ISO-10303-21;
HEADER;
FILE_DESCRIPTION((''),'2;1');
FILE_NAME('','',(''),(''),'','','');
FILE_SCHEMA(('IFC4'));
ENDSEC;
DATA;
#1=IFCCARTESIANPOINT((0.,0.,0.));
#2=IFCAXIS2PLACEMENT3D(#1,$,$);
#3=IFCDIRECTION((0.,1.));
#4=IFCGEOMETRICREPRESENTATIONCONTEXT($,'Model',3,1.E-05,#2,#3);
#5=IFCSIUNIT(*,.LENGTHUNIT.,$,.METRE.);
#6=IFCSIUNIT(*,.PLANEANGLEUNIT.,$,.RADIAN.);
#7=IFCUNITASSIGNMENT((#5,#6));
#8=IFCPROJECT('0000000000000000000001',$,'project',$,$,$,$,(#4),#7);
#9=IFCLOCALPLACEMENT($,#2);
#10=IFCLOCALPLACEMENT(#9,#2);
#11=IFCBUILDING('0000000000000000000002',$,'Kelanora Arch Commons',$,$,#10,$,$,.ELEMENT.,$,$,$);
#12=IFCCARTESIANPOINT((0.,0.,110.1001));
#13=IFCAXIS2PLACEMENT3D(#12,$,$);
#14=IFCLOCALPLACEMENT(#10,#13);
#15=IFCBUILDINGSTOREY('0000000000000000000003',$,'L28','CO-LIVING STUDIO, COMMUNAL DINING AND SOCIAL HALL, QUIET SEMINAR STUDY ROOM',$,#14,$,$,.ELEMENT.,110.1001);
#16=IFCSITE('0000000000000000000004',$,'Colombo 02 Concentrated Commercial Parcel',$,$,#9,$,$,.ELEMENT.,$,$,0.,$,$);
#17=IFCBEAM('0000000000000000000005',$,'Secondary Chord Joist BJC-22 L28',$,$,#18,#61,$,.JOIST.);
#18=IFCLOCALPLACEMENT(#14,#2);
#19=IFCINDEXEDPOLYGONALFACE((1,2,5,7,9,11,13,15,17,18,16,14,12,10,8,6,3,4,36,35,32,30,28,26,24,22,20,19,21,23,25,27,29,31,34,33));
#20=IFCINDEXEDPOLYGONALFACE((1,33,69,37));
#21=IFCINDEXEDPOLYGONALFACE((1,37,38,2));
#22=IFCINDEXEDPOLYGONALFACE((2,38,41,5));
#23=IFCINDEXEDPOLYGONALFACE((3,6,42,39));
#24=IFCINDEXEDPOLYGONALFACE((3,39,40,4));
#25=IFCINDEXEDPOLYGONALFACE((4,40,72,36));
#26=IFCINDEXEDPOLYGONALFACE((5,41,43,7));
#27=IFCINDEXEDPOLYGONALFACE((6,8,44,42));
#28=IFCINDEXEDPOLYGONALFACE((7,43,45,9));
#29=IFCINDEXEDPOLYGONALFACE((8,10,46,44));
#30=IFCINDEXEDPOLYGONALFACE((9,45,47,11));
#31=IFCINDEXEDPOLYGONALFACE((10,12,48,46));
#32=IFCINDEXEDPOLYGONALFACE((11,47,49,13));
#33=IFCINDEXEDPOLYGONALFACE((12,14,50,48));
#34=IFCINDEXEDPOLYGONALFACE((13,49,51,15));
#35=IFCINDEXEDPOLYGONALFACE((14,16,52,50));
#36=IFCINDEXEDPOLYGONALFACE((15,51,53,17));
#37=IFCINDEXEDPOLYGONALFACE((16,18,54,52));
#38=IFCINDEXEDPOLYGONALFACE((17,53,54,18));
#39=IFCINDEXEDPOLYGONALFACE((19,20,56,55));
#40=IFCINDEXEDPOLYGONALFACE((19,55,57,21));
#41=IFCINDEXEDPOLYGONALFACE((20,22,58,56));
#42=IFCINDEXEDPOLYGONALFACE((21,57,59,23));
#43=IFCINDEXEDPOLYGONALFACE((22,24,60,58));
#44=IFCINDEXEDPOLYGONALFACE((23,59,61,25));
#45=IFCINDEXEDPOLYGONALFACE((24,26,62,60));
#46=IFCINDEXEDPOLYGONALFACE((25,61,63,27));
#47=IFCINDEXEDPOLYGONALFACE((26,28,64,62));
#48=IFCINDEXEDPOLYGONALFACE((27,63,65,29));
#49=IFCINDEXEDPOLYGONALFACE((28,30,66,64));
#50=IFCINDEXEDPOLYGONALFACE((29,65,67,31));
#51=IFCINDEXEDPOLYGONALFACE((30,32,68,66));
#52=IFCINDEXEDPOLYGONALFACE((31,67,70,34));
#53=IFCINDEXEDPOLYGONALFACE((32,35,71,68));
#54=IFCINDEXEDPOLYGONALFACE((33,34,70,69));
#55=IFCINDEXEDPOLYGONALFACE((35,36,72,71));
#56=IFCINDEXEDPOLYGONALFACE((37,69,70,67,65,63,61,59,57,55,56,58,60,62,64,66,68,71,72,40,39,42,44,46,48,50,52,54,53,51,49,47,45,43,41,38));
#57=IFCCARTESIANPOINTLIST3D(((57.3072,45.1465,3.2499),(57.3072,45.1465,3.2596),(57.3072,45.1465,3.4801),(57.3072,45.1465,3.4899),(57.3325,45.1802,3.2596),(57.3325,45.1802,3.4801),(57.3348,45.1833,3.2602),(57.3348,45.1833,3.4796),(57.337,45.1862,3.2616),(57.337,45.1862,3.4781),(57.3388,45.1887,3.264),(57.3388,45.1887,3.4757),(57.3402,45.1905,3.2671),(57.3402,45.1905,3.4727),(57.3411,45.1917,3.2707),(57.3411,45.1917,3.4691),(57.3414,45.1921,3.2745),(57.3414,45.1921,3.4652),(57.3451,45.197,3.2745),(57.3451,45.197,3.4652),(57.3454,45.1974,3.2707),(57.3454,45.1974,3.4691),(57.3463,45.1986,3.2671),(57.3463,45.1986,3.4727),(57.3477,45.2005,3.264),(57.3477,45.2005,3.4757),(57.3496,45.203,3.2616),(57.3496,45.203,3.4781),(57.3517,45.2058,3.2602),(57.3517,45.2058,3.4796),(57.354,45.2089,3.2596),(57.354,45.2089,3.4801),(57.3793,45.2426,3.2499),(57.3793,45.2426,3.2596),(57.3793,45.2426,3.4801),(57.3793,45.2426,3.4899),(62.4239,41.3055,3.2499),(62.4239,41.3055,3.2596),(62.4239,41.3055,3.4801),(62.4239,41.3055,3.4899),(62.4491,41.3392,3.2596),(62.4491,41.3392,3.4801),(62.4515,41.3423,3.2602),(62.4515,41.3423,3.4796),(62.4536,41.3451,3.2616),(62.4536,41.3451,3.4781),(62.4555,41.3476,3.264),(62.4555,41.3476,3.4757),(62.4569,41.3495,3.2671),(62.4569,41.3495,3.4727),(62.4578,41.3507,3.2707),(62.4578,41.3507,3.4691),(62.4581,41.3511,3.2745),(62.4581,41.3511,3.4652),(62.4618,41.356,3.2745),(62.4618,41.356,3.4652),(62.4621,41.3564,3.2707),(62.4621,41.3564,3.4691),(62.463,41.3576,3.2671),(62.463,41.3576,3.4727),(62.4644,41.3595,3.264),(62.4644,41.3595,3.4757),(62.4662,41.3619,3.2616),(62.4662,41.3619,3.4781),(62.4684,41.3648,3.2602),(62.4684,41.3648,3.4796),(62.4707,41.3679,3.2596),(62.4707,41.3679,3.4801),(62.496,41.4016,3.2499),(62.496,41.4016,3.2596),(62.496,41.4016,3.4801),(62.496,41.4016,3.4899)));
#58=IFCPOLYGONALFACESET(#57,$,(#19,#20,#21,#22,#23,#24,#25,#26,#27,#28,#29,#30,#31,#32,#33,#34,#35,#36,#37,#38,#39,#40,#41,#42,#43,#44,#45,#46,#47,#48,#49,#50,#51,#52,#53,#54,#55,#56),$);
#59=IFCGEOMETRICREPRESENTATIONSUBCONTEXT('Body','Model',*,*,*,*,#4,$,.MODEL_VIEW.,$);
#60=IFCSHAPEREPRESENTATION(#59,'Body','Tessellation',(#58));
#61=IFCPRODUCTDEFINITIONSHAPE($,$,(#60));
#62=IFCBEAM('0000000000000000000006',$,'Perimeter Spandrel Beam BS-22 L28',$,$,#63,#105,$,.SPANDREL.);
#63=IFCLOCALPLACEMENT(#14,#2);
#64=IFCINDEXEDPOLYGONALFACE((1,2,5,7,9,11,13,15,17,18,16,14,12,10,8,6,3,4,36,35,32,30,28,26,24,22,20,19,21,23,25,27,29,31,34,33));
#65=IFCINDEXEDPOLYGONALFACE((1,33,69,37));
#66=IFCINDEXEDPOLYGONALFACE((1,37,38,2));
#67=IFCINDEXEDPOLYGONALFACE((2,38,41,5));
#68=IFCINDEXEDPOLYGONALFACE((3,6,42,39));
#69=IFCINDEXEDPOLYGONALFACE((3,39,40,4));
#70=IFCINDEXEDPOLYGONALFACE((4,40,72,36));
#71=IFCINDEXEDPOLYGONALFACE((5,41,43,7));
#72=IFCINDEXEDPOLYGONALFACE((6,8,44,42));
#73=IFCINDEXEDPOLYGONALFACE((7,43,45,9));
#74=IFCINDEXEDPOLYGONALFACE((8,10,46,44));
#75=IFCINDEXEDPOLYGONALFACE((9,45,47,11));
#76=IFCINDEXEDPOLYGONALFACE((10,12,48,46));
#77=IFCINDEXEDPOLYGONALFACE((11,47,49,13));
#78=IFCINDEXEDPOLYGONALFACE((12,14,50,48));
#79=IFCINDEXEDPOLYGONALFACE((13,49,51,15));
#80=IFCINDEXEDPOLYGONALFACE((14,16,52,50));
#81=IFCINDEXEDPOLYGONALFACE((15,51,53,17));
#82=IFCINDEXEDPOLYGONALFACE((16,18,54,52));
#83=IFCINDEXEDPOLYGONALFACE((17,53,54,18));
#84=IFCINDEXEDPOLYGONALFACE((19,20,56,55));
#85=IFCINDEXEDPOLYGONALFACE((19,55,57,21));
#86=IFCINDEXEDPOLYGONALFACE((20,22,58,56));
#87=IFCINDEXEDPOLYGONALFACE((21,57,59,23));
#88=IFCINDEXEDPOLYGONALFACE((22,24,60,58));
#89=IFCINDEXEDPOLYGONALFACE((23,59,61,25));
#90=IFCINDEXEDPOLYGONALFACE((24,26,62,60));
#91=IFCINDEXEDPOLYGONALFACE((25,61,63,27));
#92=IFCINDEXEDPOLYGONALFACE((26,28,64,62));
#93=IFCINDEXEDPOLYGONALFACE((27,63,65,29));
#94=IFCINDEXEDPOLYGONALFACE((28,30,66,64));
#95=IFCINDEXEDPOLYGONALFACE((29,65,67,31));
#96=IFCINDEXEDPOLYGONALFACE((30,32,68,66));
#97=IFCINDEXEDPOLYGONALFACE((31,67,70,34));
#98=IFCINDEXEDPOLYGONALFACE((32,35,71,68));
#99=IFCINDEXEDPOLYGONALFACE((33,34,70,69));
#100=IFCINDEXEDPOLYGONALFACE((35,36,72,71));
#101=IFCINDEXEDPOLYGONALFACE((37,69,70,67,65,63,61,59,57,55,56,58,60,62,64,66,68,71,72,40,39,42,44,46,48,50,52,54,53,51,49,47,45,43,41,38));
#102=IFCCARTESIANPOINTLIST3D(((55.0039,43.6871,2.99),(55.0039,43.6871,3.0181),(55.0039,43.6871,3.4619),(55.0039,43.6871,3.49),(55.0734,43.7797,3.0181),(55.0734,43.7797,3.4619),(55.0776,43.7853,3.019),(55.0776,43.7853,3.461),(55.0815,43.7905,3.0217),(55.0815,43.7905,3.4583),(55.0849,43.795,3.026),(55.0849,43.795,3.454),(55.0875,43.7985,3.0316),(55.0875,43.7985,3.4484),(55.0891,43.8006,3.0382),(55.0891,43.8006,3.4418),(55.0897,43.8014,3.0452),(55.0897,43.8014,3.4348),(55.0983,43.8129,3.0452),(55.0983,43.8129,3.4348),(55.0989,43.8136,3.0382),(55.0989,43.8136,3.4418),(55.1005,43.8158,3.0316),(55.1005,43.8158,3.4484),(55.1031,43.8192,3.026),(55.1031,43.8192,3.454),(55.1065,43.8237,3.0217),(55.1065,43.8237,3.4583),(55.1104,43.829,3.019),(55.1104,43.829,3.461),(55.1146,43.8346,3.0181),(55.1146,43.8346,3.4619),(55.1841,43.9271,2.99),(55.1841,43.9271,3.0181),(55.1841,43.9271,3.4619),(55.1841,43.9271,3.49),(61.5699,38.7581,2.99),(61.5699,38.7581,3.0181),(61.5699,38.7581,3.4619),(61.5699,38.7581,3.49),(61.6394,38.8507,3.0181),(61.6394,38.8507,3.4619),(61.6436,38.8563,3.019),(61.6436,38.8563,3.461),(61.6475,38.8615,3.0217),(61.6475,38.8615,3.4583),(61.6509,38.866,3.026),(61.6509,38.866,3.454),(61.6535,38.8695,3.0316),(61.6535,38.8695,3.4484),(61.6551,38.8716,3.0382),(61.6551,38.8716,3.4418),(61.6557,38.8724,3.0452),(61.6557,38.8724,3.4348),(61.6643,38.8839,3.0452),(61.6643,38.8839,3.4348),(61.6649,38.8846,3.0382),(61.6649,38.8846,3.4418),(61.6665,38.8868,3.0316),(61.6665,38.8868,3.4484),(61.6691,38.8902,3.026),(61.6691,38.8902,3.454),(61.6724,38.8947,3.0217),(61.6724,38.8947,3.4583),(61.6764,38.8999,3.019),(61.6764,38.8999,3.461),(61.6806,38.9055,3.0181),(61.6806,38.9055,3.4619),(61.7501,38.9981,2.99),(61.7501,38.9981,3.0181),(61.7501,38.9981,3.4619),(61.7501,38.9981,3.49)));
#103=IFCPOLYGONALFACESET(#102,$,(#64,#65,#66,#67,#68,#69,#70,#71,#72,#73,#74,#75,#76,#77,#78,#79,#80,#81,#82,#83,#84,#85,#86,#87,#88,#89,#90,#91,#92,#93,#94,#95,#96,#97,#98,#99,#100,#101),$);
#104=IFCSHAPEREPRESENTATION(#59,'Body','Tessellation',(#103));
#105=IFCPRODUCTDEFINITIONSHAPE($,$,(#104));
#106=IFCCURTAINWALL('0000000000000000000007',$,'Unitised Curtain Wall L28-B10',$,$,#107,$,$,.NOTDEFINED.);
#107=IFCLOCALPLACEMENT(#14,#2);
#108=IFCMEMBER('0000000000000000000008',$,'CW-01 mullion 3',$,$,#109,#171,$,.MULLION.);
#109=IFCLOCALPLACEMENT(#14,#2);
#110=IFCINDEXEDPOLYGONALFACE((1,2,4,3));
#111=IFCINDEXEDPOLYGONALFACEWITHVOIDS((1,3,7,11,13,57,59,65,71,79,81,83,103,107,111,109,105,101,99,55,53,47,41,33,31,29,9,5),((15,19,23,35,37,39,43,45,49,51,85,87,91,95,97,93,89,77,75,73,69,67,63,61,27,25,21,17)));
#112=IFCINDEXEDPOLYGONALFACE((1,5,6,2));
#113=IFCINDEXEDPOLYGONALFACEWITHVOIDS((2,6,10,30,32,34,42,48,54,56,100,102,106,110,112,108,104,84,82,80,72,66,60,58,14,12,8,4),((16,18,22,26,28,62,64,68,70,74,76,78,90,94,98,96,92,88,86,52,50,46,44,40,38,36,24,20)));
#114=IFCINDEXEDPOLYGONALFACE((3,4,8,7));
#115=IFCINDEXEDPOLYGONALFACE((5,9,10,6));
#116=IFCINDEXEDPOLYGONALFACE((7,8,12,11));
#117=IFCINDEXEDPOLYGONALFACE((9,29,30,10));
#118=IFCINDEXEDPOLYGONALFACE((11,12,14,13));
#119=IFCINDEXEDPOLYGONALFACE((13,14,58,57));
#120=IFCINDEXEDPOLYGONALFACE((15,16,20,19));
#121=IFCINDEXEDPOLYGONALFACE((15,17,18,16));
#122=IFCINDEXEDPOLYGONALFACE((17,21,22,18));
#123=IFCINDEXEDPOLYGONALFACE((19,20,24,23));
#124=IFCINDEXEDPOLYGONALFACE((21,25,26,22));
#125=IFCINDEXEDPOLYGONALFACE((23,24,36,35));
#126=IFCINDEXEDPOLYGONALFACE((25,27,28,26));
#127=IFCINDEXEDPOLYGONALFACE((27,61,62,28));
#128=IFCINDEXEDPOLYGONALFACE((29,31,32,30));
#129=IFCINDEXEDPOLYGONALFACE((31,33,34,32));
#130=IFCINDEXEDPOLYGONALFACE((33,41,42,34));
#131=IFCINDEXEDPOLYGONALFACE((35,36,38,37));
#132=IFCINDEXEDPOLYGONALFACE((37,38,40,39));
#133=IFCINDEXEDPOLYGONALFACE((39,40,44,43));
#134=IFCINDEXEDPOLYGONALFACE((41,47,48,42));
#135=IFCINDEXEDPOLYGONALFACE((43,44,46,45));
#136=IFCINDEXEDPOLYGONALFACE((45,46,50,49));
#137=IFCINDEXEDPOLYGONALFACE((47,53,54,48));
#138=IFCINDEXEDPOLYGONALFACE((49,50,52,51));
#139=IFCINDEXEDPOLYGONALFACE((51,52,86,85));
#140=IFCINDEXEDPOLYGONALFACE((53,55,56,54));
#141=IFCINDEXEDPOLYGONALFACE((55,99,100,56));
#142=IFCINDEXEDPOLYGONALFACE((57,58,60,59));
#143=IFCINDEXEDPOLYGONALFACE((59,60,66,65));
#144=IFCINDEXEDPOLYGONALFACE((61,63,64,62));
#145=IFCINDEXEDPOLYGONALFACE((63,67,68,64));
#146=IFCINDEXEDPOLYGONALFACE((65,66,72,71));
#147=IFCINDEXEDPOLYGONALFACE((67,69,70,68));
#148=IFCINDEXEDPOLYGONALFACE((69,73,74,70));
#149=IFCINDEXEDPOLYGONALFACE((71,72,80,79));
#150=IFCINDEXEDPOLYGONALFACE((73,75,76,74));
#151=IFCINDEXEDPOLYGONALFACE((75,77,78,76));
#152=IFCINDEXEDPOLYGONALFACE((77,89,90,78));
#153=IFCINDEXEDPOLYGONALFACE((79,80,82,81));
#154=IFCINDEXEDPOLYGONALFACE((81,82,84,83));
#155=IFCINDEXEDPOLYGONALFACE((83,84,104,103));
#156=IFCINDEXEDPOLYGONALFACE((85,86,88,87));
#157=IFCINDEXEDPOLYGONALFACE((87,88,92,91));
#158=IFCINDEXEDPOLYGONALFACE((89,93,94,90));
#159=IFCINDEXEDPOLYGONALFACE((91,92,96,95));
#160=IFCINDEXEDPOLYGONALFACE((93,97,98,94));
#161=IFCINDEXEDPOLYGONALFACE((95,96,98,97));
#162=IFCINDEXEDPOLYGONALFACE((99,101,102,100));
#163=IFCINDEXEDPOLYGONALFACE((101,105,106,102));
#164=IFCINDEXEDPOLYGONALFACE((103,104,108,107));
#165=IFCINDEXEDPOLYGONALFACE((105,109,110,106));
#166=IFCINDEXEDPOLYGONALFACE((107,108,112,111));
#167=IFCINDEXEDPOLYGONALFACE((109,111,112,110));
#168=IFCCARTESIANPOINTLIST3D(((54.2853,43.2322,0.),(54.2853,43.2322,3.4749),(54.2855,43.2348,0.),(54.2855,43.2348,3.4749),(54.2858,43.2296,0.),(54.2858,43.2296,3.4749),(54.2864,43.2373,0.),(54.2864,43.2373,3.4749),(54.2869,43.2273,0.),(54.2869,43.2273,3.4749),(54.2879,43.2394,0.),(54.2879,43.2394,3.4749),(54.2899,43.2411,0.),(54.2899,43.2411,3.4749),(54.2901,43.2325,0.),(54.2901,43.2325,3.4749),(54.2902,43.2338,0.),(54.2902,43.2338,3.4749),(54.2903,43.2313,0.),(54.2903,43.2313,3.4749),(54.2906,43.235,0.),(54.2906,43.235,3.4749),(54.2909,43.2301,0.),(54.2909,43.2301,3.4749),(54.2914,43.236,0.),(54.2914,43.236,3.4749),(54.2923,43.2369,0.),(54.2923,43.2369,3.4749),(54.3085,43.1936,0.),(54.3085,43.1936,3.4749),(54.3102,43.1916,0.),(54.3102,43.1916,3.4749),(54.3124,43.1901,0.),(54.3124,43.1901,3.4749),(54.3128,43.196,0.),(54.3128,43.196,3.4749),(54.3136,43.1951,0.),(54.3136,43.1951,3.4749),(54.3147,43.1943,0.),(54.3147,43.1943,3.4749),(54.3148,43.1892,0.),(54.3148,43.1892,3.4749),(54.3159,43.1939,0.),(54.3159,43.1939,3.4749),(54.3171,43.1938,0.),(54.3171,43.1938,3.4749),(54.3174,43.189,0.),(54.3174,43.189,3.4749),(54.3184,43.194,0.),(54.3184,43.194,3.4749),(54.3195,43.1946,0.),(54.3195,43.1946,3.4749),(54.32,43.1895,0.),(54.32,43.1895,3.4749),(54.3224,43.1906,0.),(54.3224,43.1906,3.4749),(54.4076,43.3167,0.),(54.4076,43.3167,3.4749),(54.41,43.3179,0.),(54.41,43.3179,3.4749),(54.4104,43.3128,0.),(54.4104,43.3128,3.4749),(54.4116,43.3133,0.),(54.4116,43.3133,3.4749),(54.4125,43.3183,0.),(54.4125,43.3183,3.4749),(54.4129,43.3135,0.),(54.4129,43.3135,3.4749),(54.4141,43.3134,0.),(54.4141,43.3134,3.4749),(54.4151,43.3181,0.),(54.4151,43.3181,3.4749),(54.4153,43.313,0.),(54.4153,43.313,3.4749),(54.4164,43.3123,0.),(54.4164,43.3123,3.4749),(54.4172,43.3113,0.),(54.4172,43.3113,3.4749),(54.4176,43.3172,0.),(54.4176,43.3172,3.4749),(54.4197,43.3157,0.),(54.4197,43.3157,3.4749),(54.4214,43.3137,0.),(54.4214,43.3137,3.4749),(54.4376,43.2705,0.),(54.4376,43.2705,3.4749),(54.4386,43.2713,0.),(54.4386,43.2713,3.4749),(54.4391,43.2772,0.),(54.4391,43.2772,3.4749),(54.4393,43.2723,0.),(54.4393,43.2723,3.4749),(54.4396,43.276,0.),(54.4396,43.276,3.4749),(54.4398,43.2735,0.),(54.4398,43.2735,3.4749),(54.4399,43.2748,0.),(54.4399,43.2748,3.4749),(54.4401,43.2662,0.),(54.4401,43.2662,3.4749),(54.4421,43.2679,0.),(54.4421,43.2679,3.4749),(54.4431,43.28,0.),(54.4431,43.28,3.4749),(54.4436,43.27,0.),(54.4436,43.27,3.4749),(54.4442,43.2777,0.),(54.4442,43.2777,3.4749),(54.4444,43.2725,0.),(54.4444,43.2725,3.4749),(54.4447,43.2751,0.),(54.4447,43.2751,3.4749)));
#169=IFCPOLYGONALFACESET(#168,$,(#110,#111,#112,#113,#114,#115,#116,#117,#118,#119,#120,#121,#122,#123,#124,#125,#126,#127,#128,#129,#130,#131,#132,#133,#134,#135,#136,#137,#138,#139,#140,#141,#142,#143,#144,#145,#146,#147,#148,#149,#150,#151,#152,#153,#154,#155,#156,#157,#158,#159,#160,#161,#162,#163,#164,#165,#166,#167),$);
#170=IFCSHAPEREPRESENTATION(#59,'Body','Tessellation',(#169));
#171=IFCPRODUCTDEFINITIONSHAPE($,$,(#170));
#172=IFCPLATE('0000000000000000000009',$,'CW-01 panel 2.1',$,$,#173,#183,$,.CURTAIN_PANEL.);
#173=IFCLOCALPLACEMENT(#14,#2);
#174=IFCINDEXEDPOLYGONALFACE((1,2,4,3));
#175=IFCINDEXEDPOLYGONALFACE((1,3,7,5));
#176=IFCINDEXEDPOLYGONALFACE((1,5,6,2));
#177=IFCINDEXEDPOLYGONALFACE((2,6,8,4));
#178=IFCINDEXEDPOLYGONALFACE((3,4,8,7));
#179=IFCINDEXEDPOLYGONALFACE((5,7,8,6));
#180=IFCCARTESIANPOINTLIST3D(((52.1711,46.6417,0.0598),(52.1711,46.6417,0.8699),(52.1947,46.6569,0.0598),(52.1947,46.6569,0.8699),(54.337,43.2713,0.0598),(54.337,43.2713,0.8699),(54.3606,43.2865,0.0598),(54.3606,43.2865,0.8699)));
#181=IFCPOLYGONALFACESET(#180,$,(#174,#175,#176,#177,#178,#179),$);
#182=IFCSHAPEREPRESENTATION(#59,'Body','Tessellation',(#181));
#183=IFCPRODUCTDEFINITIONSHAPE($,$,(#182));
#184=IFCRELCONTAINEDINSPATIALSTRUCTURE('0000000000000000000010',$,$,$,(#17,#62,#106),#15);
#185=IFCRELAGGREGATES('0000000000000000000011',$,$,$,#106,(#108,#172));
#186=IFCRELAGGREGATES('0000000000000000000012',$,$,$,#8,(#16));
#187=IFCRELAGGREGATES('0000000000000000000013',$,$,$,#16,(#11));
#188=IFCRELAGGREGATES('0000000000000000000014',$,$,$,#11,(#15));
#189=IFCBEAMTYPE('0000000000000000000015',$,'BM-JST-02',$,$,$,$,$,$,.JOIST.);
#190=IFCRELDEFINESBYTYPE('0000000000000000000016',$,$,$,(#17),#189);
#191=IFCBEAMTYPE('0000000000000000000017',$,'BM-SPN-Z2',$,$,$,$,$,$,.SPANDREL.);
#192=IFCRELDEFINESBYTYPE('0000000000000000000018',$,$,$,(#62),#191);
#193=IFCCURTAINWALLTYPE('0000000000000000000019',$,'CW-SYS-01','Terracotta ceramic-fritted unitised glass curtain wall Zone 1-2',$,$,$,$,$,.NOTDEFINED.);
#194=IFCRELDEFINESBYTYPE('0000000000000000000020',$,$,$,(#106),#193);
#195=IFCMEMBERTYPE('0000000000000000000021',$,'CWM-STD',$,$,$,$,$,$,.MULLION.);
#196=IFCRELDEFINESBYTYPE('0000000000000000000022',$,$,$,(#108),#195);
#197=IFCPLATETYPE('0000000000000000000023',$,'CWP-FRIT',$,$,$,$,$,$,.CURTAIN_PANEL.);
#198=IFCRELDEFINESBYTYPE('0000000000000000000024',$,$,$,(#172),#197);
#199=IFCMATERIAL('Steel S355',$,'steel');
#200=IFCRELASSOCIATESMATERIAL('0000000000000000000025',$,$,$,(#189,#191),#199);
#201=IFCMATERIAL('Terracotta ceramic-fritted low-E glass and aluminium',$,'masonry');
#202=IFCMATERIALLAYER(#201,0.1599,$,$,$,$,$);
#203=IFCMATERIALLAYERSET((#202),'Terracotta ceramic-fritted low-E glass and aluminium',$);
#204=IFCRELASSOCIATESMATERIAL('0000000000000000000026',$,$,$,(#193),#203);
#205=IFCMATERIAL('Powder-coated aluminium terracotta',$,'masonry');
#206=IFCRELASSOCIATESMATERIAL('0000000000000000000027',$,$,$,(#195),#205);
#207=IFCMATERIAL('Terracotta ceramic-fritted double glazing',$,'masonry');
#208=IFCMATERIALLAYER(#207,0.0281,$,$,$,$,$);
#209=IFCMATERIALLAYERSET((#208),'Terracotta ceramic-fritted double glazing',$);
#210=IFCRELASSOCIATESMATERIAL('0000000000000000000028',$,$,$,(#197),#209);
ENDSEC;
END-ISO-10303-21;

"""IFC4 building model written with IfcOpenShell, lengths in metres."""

from ifc_helpers import new_model, si_unit, direction, frame, origin, origin_2d, place, context, subcontext, project, spatial, rectangle, hollow_rectangle, i_section, extrude, source, transform, mapped, material, layer, layer_set, material_profile, profile_set, type_object, element, aggregate, save


model = new_model("IFC4")

# Units and contexts
model_context = context("Model", 3, precision=1e-05, world=origin(), true_north=direction((0.0, 1.0)))
body_context = subcontext(model_context, "Body", "Model", "MODEL_VIEW")
ifc_project = project(units=[si_unit("LENGTHUNIT", "METRE"), si_unit("PLANEANGLEUNIT", "RADIAN")], contexts=[model_context])

# Site, building, storey
site_placement = place(None, origin())
site = spatial("IfcSite", under=ifc_project, at=site_placement, Name="Colombo 02 Concentrated Commercial Parcel", CompositionType="ELEMENT", RefElevation=0.0)
building_placement = place(site_placement, origin())
building = spatial("IfcBuilding", under=site, at=building_placement, Name="Kelanora Arch Commons", CompositionType="ELEMENT")
storey_placement = place(building_placement, frame((0.0, 0.0, 110.1001)))
storey = spatial("IfcBuildingStorey", under=building, at=storey_placement, Name="L28", Description="CO-LIVING STUDIO, COMMUNAL DINING AND SOCIAL HALL, QUIET SEMINAR STUDY ROOM", CompositionType="ELEMENT", Elevation=110.1001)

# Beams
ifc_material_1 = material(Name="Steel S355", Category="steel")
ifc_material_profile_1 = material_profile(ifc_material_1, i_section(OverallWidth=0.1201, OverallDepth=0.24, WebThickness=0.0061, FlangeThickness=0.0098, FilletRadius=0.0149, at=origin_2d()), Name="IPE240")
ifc_profile_set_1 = profile_set([ifc_material_profile_1], Name="Steel S355")
beam_type_1 = type_object("IfcBeamType", Name="BM-JST-02", PredefinedType="JOIST", material=ifc_profile_set_1)
beam_1_placement = place(storey_placement, frame((57.3433, 45.1946, 3.3699), z_axis=(0.799734, -0.600354, 0.0), x_axis=(0.600354, 0.799734, 0.0)))
element("IfcBeam", 1, at=beam_1_placement, inside=storey, type_object=beam_type_1, Name="Secondary Chord Joist BJC-22 L28", PredefinedType="JOIST", context=body_context, shape_type="SweptSolid", body=[
    extrude(i_section(OverallWidth=0.1201, OverallDepth=0.24, WebThickness=0.0061, FlangeThickness=0.0098, FilletRadius=0.0149, at=origin_2d()), origin(), (0.0, 0.0, 1.0), 6.3979),
])
ifc_material_profile_2 = material_profile(ifc_material_1, i_section(OverallWidth=0.3, OverallDepth=0.5, WebThickness=0.0144, FlangeThickness=0.0281, FilletRadius=0.0271, at=origin_2d()), Name="HEB500")
ifc_profile_set_2 = profile_set([ifc_material_profile_2], Name="Steel S355")
beam_type_2 = type_object("IfcBeamType", Name="BM-SPN-Z2", PredefinedType="SPANDREL", material=ifc_profile_set_2)
beam_2_placement = place(storey_placement, frame((55.094, 43.8071, 3.24), z_axis=(0.799736, -0.600352, 0.0), x_axis=(0.600352, 0.799736, 0.0)))
element("IfcBeam", 2, at=beam_2_placement, inside=storey, type_object=beam_type_2, Name="Perimeter Spandrel Beam BS-22 L28", PredefinedType="SPANDREL", context=body_context, shape_type="SweptSolid", body=[
    extrude(i_section(OverallWidth=0.3, OverallDepth=0.5, WebThickness=0.0144, FlangeThickness=0.0281, FilletRadius=0.0271, at=origin_2d()), origin(), (0.0, 0.0, 1.0), 8.2102),
])

# Curtain wall, member, plate
ifc_material_2 = material(Name="Terracotta ceramic-fritted low-E glass and aluminium", Category="masonry")
ifc_layer_1 = layer(ifc_material_2, 0.1599)
ifc_layer_set_1 = layer_set([ifc_layer_1], Name="Terracotta ceramic-fritted low-E glass and aluminium")
curtain_wall_type = type_object("IfcCurtainWallType", Name="CW-SYS-01", Description="Terracotta ceramic-fritted unitised glass curtain wall Zone 1-2", PredefinedType="NOTDEFINED", material=ifc_layer_set_1)
curtain_wall_placement = place(storey_placement, origin())
curtain_wall = element("IfcCurtainWall", 3, at=curtain_wall_placement, inside=storey, type_object=curtain_wall_type, Name="Unitised Curtain Wall L28-B10", PredefinedType="NOTDEFINED")
ifc_material_3 = material(Name="Powder-coated aluminium terracotta", Category="masonry")
ifc_material_profile_3 = material_profile(ifc_material_3, hollow_rectangle(XDim=0.1599, YDim=0.0601, WallThickness=0.0049, InnerFilletRadius=0.0049, OuterFilletRadius=0.01, at=origin_2d()), Name="CWM160x60")
ifc_profile_set_3 = profile_set([ifc_material_profile_3], Name="Powder-coated aluminium terracotta")
member_type = type_object("IfcMemberType", Name="CWM-STD", PredefinedType="MULLION", material=ifc_profile_set_3)
member_placement = place(storey_placement, frame((54.365, 43.2537, 0.0), z_axis=(0.0, 0.0, 1.0), x_axis=(0.841269, 0.540617, 0.0)))
member = element("IfcMember", 4, at=member_placement, type_object=member_type, Name="CW-01 mullion 3", PredefinedType="MULLION", context=body_context, shape_type="SweptSolid", body=[
    extrude(hollow_rectangle(XDim=0.1599, YDim=0.0601, WallThickness=0.0049, InnerFilletRadius=0.0049, OuterFilletRadius=0.01, at=origin_2d()), origin(), (0.0, 0.0, 1.0), 3.4749),
])
ifc_material_4 = material(Name="Terracotta ceramic-fritted double glazing", Category="masonry")
ifc_layer_2 = layer(ifc_material_4, 0.0281)
ifc_layer_set_2 = layer_set([ifc_layer_2], Name="Terracotta ceramic-fritted double glazing")
plate_type = type_object("IfcPlateType", Name="CWP-FRIT", PredefinedType="CURTAIN_PANEL", material=ifc_layer_set_2)
shared_shape_1 = source(origin(), body_context, "Body", "SweptSolid", [
    extrude(rectangle(XDim=4.0063, YDim=0.0281, at=origin_2d()), origin(), (0.0, 0.0, 1.0), 0.8101),
])
plate_1_placement = place(storey_placement, frame((53.2659, 44.9641, 0.0598), z_axis=(0.0, 0.0, 1.0), x_axis=(0.540617, -0.841269, 0.0)))
plate_1 = element("IfcPlate", 5, at=plate_1_placement, type_object=plate_type, Name="CW-01 panel 2.1", PredefinedType="CURTAIN_PANEL", context=body_context, shape_type="MappedRepresentation", body=[
    mapped(shared_shape_1, transform((0.0, 0.0, 0.0), scale=1.0)),
])
aggregate(curtain_wall, [member, plate_1])

save(model, "model.ifc")
